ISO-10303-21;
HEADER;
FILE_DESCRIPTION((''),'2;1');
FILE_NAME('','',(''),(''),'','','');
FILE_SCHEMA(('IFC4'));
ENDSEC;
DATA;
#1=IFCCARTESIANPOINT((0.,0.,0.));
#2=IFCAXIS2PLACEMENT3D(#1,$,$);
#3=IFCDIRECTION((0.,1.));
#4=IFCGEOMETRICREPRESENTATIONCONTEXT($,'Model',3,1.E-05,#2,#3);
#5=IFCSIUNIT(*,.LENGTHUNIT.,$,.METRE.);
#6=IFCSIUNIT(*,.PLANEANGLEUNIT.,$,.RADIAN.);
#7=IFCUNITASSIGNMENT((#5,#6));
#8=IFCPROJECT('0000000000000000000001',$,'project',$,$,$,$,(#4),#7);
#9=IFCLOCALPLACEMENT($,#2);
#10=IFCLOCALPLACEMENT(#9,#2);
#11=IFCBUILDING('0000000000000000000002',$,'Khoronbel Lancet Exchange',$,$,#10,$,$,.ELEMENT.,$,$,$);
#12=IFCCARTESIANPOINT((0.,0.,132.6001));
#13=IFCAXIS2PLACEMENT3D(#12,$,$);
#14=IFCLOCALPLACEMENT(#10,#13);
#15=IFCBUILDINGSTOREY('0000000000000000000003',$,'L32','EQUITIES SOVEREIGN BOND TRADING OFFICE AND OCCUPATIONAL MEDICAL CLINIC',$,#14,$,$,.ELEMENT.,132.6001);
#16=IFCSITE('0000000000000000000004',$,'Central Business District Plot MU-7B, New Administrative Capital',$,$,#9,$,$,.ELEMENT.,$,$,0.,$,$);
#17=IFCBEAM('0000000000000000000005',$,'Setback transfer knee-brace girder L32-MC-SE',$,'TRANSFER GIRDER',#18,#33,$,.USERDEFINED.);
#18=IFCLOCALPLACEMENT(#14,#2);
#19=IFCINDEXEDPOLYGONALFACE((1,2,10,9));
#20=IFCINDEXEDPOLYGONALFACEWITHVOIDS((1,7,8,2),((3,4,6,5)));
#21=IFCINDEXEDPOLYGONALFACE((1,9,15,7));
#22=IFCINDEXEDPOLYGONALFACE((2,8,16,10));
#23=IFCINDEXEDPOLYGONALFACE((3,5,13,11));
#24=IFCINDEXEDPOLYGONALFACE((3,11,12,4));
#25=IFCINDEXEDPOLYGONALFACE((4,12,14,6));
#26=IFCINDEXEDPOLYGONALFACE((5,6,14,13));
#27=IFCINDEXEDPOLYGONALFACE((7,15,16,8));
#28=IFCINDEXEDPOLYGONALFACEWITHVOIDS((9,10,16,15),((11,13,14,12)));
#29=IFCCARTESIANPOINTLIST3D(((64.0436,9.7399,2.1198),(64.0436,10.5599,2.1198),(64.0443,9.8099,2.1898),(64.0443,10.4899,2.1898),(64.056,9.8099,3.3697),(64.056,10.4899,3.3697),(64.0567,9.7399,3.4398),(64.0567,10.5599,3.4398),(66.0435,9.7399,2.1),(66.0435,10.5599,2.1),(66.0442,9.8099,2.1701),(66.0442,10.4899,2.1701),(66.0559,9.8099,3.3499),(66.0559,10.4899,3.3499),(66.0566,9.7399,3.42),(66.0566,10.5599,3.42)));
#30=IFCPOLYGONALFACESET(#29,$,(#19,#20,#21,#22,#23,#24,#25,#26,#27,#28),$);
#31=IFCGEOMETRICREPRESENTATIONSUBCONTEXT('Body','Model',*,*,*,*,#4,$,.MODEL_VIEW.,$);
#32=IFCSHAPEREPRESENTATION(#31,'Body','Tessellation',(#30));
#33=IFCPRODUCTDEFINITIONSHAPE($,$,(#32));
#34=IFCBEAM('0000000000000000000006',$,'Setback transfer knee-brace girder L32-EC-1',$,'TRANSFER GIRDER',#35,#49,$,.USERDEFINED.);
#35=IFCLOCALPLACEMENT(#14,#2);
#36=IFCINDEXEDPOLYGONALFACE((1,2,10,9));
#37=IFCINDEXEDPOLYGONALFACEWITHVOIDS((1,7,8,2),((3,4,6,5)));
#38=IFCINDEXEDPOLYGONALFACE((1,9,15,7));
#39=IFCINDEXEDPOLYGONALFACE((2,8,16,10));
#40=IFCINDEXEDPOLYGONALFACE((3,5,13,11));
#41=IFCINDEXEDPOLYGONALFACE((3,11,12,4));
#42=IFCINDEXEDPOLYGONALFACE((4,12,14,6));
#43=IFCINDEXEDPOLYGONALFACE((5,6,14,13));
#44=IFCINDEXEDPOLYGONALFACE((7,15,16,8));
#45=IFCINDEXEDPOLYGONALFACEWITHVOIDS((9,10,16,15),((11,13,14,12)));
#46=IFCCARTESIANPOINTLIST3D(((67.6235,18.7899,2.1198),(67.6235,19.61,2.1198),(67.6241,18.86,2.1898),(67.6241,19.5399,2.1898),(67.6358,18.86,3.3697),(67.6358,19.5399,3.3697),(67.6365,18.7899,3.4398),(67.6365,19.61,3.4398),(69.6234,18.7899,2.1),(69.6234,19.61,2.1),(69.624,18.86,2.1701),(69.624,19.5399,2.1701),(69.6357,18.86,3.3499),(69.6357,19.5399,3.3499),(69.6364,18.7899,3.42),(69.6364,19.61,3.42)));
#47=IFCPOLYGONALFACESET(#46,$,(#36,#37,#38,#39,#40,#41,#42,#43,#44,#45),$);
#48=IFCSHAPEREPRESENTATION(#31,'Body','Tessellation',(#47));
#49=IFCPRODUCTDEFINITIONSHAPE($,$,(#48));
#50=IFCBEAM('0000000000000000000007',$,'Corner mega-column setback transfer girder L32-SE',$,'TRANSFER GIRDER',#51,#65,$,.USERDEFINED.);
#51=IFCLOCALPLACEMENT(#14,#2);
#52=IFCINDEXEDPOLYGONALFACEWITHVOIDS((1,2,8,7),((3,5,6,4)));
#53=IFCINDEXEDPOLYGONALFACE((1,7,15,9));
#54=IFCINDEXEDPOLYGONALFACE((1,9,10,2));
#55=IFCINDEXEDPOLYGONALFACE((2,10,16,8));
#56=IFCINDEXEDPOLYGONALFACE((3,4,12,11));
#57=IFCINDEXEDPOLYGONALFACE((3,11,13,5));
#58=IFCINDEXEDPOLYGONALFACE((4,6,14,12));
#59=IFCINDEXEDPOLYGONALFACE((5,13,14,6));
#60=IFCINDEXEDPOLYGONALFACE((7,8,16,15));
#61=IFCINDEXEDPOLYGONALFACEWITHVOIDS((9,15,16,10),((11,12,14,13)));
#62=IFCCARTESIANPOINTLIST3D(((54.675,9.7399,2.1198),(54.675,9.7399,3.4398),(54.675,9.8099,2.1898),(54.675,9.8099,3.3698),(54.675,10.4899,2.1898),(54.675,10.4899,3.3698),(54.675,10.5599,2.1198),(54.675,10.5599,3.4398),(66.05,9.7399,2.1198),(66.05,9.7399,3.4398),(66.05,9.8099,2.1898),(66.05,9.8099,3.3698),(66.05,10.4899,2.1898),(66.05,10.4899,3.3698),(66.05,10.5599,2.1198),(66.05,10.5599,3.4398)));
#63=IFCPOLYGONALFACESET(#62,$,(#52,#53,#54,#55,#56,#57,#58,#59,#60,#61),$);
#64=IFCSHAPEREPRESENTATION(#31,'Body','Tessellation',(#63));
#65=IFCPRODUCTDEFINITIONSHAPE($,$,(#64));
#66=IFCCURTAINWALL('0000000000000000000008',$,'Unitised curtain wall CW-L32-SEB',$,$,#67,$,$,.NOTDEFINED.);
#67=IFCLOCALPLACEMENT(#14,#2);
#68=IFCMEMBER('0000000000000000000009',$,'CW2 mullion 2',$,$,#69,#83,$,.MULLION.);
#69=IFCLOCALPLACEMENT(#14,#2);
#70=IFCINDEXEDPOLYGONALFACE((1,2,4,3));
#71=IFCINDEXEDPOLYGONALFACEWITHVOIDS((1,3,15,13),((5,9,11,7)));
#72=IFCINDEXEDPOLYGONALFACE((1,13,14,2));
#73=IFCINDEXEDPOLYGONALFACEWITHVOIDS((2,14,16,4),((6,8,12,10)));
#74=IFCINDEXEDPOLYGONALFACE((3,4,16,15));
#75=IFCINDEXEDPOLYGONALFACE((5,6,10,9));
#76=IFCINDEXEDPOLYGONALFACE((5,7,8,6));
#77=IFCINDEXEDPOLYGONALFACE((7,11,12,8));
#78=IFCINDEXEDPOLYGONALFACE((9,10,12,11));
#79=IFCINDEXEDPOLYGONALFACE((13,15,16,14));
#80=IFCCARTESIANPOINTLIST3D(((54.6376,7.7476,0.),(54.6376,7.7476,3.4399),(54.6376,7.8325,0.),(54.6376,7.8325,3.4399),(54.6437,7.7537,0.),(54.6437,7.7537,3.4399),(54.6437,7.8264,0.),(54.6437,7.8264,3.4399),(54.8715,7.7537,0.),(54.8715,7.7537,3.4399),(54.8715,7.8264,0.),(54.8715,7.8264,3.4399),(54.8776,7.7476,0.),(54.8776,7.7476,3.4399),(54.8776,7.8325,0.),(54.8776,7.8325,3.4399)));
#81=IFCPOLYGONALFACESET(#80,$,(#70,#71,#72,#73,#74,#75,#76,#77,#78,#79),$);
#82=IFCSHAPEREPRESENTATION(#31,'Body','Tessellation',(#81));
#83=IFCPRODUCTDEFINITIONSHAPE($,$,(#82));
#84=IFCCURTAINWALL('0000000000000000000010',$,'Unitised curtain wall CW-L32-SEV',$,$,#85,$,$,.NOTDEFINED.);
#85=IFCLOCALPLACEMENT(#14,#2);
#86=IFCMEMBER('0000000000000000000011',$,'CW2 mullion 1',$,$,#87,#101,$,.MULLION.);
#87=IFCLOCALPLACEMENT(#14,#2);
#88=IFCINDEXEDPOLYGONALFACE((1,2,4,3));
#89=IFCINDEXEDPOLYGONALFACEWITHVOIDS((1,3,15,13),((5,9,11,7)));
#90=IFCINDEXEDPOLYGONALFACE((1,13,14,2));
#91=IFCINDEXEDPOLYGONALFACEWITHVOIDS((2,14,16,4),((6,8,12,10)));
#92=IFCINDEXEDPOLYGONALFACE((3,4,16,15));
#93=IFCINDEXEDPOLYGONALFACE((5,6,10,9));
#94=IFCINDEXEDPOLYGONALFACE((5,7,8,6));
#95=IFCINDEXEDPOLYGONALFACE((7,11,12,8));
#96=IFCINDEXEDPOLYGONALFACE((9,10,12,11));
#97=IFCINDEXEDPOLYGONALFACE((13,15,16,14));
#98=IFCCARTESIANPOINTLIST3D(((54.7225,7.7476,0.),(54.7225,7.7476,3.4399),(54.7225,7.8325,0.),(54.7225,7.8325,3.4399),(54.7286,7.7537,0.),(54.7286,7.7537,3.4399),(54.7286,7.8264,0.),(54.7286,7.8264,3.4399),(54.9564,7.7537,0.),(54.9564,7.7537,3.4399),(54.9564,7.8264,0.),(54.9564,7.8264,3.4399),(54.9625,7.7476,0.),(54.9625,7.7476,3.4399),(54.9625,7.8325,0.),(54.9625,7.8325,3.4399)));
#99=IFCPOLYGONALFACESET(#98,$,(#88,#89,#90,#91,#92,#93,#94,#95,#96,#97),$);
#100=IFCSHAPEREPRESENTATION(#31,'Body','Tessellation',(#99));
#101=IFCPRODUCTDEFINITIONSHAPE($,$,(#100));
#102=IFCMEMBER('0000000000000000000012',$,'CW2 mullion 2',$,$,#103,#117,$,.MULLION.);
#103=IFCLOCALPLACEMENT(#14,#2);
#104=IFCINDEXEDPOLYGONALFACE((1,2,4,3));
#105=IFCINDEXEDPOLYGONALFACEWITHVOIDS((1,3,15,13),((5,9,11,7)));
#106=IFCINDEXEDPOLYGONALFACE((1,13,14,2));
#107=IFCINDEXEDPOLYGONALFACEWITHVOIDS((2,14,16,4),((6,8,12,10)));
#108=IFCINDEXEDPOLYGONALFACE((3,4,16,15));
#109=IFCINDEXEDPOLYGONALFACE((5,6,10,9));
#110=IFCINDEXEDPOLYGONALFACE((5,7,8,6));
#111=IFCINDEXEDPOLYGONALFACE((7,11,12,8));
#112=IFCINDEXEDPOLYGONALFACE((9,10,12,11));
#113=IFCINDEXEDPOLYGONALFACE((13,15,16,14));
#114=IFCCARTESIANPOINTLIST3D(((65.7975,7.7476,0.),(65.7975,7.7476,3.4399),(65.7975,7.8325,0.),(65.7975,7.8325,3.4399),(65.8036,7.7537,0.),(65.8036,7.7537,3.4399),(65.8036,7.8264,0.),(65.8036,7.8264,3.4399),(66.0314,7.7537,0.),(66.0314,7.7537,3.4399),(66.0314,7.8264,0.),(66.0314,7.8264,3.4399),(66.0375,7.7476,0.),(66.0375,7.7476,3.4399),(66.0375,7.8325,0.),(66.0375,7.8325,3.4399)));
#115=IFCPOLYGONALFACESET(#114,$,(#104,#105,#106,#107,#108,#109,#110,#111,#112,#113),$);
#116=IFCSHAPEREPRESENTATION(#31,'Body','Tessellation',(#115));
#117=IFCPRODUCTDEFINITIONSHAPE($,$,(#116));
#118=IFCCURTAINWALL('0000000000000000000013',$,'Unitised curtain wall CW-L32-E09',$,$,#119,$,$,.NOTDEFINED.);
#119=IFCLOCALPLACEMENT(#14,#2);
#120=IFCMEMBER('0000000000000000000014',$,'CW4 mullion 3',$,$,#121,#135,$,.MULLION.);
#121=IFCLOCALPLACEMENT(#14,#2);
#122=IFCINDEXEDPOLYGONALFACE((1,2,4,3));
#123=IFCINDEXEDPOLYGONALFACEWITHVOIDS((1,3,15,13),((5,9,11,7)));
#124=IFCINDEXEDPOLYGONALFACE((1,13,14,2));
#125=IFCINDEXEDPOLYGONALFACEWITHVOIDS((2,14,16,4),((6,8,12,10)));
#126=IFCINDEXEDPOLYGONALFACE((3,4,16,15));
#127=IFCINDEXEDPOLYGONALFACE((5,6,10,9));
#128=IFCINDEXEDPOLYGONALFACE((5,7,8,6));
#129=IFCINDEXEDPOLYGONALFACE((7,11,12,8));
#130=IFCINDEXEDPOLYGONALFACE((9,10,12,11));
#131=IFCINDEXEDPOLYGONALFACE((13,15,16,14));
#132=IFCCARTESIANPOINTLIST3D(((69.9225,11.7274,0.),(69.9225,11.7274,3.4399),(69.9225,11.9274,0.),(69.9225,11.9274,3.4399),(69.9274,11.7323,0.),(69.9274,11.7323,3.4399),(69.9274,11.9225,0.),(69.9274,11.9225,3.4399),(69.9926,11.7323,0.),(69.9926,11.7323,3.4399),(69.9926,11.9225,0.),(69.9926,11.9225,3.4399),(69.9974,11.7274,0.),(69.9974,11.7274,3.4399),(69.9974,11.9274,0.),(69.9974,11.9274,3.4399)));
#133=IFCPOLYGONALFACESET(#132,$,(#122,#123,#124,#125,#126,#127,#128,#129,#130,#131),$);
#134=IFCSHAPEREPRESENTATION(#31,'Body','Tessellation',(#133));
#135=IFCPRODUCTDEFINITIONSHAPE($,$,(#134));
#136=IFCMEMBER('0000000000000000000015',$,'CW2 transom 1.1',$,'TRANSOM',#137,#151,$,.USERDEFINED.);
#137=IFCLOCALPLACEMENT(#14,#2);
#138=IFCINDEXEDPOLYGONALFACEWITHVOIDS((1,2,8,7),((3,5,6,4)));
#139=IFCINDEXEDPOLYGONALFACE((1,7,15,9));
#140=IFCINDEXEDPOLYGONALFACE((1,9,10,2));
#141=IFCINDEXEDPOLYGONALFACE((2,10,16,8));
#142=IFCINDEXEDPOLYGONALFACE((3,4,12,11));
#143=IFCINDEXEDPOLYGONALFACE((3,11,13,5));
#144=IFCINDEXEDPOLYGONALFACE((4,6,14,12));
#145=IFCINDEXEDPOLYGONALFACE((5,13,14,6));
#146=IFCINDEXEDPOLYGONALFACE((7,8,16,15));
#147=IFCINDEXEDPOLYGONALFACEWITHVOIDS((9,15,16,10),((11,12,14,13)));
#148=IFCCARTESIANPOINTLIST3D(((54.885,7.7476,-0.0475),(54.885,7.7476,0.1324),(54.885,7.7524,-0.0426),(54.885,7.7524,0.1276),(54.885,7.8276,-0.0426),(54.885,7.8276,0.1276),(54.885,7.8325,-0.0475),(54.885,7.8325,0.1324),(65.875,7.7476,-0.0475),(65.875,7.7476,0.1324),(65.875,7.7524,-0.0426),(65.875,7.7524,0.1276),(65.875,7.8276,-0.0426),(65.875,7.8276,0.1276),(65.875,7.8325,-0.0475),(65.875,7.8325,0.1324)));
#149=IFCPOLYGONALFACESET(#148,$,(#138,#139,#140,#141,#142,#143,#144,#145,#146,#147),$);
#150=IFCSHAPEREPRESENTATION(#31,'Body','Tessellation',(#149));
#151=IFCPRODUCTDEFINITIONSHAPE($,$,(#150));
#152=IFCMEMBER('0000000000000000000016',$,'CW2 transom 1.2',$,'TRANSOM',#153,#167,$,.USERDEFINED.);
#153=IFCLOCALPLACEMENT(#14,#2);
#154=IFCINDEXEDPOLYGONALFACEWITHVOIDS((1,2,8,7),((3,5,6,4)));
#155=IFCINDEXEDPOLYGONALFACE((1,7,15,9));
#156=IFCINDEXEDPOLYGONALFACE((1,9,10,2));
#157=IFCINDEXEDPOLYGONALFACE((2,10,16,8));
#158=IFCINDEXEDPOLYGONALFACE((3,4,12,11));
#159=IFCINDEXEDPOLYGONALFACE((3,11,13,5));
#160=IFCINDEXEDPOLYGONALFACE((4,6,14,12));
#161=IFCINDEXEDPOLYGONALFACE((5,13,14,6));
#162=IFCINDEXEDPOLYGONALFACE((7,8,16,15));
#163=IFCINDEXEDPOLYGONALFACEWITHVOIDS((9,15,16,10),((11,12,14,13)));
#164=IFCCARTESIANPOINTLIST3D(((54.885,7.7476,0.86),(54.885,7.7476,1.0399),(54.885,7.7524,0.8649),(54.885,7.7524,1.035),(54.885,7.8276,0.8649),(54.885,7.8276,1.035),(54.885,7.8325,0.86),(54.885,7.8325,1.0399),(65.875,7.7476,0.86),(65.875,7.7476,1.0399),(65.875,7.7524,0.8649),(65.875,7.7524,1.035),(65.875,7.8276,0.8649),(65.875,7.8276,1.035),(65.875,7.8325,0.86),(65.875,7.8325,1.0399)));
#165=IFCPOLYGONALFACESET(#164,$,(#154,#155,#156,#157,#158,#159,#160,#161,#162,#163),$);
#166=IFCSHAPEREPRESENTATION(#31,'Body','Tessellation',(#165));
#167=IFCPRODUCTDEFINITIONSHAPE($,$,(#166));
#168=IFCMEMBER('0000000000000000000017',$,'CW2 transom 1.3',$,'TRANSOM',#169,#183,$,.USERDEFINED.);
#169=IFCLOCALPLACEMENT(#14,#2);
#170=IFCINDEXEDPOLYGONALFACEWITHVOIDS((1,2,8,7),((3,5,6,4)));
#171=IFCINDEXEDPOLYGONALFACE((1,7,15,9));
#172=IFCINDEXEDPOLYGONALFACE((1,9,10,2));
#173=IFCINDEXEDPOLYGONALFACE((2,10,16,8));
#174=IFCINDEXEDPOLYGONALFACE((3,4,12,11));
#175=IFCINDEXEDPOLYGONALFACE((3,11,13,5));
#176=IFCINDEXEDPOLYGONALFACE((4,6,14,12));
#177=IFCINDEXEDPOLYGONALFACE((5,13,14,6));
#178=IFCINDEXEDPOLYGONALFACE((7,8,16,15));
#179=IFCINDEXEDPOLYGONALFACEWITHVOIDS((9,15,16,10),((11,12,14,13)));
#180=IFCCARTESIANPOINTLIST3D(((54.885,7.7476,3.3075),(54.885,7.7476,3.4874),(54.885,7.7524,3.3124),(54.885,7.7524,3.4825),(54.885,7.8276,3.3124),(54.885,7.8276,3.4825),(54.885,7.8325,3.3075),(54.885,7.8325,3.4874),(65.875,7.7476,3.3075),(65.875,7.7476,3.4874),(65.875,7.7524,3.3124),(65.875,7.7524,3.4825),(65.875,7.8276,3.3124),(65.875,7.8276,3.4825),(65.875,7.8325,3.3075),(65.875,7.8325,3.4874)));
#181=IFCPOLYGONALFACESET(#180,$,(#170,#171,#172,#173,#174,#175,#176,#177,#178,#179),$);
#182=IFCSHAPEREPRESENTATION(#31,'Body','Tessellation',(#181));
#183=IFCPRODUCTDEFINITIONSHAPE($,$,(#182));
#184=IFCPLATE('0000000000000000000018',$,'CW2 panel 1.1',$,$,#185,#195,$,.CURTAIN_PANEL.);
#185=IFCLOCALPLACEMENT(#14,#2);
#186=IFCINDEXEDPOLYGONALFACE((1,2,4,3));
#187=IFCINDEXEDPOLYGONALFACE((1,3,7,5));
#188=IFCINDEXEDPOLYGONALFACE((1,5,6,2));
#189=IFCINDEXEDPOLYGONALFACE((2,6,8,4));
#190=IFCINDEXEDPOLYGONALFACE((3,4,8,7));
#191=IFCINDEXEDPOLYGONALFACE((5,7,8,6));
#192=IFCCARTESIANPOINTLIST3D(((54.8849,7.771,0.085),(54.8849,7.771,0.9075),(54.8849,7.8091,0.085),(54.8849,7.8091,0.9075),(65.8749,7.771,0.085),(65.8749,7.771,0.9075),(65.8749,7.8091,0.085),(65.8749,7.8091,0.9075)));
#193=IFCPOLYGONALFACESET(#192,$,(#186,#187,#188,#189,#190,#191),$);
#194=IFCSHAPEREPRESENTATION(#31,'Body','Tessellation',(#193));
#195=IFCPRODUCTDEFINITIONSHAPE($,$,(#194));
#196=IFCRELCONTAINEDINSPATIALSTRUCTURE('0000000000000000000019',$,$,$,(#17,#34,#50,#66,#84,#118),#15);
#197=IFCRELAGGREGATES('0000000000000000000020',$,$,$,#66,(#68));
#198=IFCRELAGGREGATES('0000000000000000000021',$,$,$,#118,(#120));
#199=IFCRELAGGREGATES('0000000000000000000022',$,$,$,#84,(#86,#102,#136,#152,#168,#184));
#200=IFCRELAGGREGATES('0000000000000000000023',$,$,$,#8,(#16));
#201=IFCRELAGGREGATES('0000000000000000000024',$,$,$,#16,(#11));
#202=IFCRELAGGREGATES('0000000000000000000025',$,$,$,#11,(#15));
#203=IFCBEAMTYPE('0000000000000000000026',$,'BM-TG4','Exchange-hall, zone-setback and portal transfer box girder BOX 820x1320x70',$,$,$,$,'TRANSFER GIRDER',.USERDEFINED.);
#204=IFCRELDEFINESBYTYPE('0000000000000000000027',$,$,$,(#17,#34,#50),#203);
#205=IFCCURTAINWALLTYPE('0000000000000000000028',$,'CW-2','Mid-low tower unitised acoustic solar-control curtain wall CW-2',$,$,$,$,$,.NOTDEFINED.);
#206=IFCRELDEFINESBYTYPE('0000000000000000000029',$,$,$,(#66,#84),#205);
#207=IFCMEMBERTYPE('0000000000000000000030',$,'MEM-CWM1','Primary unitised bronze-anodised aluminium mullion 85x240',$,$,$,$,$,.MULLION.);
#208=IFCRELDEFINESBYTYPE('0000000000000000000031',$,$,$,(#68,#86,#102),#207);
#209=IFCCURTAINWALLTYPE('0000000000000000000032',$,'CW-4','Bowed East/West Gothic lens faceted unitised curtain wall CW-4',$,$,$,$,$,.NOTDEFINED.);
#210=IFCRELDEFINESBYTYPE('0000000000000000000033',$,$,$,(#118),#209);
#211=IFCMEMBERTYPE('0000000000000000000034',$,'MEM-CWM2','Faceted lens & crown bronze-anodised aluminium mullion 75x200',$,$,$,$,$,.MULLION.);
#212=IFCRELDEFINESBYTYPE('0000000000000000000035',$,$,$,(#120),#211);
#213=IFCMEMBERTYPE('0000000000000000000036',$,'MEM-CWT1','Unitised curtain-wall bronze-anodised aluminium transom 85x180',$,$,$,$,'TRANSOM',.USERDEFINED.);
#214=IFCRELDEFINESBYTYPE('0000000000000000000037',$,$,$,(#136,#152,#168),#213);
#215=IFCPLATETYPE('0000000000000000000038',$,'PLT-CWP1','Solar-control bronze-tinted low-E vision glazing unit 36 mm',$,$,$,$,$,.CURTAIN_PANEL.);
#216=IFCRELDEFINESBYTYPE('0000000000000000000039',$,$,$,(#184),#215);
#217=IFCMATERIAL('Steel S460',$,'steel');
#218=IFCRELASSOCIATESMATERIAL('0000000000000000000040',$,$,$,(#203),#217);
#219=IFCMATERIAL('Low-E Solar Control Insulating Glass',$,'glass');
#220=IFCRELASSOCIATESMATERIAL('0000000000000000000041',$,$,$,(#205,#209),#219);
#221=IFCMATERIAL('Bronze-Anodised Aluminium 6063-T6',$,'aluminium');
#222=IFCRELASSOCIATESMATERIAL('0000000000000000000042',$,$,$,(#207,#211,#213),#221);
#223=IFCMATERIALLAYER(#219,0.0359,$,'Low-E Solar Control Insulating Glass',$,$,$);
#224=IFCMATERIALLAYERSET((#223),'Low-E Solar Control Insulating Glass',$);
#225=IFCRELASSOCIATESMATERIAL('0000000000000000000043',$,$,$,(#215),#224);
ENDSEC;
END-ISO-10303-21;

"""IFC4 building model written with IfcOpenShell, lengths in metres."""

from ifc_helpers import new_model, si_unit, direction, frame, origin, origin_2d, place, context, subcontext, project, spatial, rectangle, hollow_rectangle, extrude, material, layer, layer_set, material_profile, profile_set, type_object, element, aggregate, save


model = new_model("IFC4")

# Units and contexts
model_context = context("Model", 3, precision=1e-05, world=origin(), true_north=direction((0.0, 1.0)))
body_context = subcontext(model_context, "Body", "Model", "MODEL_VIEW")
ifc_project = project(units=[si_unit("LENGTHUNIT", "METRE"), si_unit("PLANEANGLEUNIT", "RADIAN")], contexts=[model_context])

# Site, building, storey
site_placement = place(None, origin())
site = spatial("IfcSite", under=ifc_project, at=site_placement, Name="Central Business District Plot MU-7B, New Administrative Capital", CompositionType="ELEMENT", RefElevation=0.0)
building_placement = place(site_placement, origin())
building = spatial("IfcBuilding", under=site, at=building_placement, Name="Khoronbel Lancet Exchange", CompositionType="ELEMENT")
storey_placement = place(building_placement, frame((0.0, 0.0, 132.6001)))
storey = spatial("IfcBuildingStorey", under=building, at=storey_placement, Name="L32", Description="EQUITIES SOVEREIGN BOND TRADING OFFICE AND OCCUPATIONAL MEDICAL CLINIC", CompositionType="ELEMENT", Elevation=132.6001)

# Shared definitions
ifc_material_1 = material(Name="Steel S460", Category="steel")

# Beams
ifc_material_profile_1 = material_profile(ifc_material_1, hollow_rectangle(XDim=0.8201, YDim=1.3201, WallThickness=0.0701, at=origin_2d()), Name="BOX 820x1320x70")
ifc_profile_set_1 = profile_set([ifc_material_profile_1], Name="Steel S460")
beam_type_1 = type_object("IfcBeamType", Name="BM-TG4", Description="Exchange-hall, zone-setback and portal transfer box girder BOX 820x1320x70", ElementType="TRANSFER GIRDER", PredefinedType="USERDEFINED", material=ifc_profile_set_1)
for number, where, z_axis, x_axis, name in (
    (1, (66.05, 10.1499, 2.76), (-0.999951, 0.0, 0.009887), (0.0, -1.0, 0.0), "Setback transfer knee-brace girder L32-MC-SE"),
    (2, (69.6299, 19.2, 2.76), (-0.999951, 0.0, 0.009887), (0.0, -1.0, 0.0), "Setback transfer knee-brace girder L32-EC-1"),
):
    element("IfcBeam", number, at=place(storey_placement, frame(where, z_axis=z_axis, x_axis=x_axis)), inside=storey, type_object=beam_type_1, Name=name, ObjectType="TRANSFER GIRDER", PredefinedType="USERDEFINED", context=body_context, shape_type="SweptSolid", body=[
        extrude(hollow_rectangle(XDim=0.8201, YDim=1.3201, WallThickness=0.0701, at=origin_2d()), origin(), (0.0, 0.0, 1.0), 2.0),
    ])
beam_1_placement = place(storey_placement, frame((54.675, 10.1499, 2.7798), z_axis=(1.0, 0.0, 0.0), x_axis=(0.0, 1.0, 0.0)))
element("IfcBeam", 3, at=beam_1_placement, inside=storey, type_object=beam_type_1, Name="Corner mega-column setback transfer girder L32-SE", ObjectType="TRANSFER GIRDER", PredefinedType="USERDEFINED", context=body_context, shape_type="SweptSolid", body=[
    extrude(hollow_rectangle(XDim=0.8201, YDim=1.3201, WallThickness=0.0701, at=origin_2d()), origin(), (0.0, 0.0, 1.0), 11.375),
])

# Curtain wall, member
ifc_material_2 = material(Name="Low-E Solar Control Insulating Glass", Category="glass")
curtain_wall_type_1 = type_object("IfcCurtainWallType", Name="CW-2", Description="Mid-low tower unitised acoustic solar-control curtain wall CW-2", PredefinedType="NOTDEFINED", material=ifc_material_2)
curtain_wall_1_placement = place(storey_placement, origin())
curtain_wall_1 = element("IfcCurtainWall", 4, at=curtain_wall_1_placement, inside=storey, type_object=curtain_wall_type_1, Name="Unitised curtain wall CW-L32-SEB", PredefinedType="NOTDEFINED")
ifc_material_3 = material(Name="Bronze-Anodised Aluminium 6063-T6", Category="aluminium")
ifc_material_profile_2 = material_profile(ifc_material_3, hollow_rectangle(XDim=0.085, YDim=0.24, WallThickness=0.0061, at=origin_2d()), Name="ALU MULLION 85x240")
ifc_profile_set_2 = profile_set([ifc_material_profile_2], Name="Bronze-Anodised Aluminium 6063-T6")
member_type_1 = type_object("IfcMemberType", Name="MEM-CWM1", Description="Primary unitised bronze-anodised aluminium mullion 85x240", PredefinedType="MULLION", material=ifc_profile_set_2)
member_1_placement = place(storey_placement, frame((54.7576, 7.79, 0.0), z_axis=(0.0, 0.0, 1.0), x_axis=(0.0, 1.0, 0.0)))
member_1 = element("IfcMember", 5, at=member_1_placement, type_object=member_type_1, Name="CW2 mullion 2", PredefinedType="MULLION", context=body_context, shape_type="SweptSolid", body=[
    extrude(hollow_rectangle(XDim=0.085, YDim=0.24, WallThickness=0.0061, at=origin_2d()), origin(), (0.0, 0.0, 1.0), 3.4399),
])
aggregate(curtain_wall_1, [member_1])

# Curtain wall, members
curtain_wall_2_placement = place(storey_placement, origin())
curtain_wall_2 = element("IfcCurtainWall", 6, at=curtain_wall_2_placement, inside=storey, type_object=curtain_wall_type_1, Name="Unitised curtain wall CW-L32-SEV", PredefinedType="NOTDEFINED")
member_2_placement = place(storey_placement, frame((54.8425, 7.79, 0.0), z_axis=(0.0, 0.0, 1.0), x_axis=(0.0, 1.0, 0.0)))
member_2 = element("IfcMember", 7, at=member_2_placement, type_object=member_type_1, Name="CW2 mullion 1", PredefinedType="MULLION", context=body_context, shape_type="SweptSolid", body=[
    extrude(hollow_rectangle(XDim=0.085, YDim=0.24, WallThickness=0.0061, at=origin_2d()), origin(), (0.0, 0.0, 1.0), 3.4399),
])
member_3_placement = place(storey_placement, frame((65.9175, 7.79, 0.0), z_axis=(0.0, 0.0, 1.0), x_axis=(0.0, 1.0, 0.0)))
member_3 = element("IfcMember", 8, at=member_3_placement, type_object=member_type_1, Name="CW2 mullion 2", PredefinedType="MULLION", context=body_context, shape_type="SweptSolid", body=[
    extrude(hollow_rectangle(XDim=0.085, YDim=0.24, WallThickness=0.0061, at=origin_2d()), origin(), (0.0, 0.0, 1.0), 3.4399),
])

# Curtain wall, member
curtain_wall_type_2 = type_object("IfcCurtainWallType", Name="CW-4", Description="Bowed East/West Gothic lens faceted unitised curtain wall CW-4", PredefinedType="NOTDEFINED", material=ifc_material_2)
curtain_wall_3_placement = place(storey_placement, origin())
curtain_wall_3 = element("IfcCurtainWall", 9, at=curtain_wall_3_placement, inside=storey, type_object=curtain_wall_type_2, Name="Unitised curtain wall CW-L32-E09", PredefinedType="NOTDEFINED")
ifc_material_profile_3 = material_profile(ifc_material_3, hollow_rectangle(XDim=0.075, YDim=0.2, WallThickness=0.0049, at=origin_2d()), Name="ALU MULLION 75x200")
ifc_profile_set_3 = profile_set([ifc_material_profile_3], Name="Bronze-Anodised Aluminium 6063-T6")
member_type_2 = type_object("IfcMemberType", Name="MEM-CWM2", Description="Faceted lens & crown bronze-anodised aluminium mullion 75x200", PredefinedType="MULLION", material=ifc_profile_set_3)
member_4_placement = place(storey_placement, frame((69.96, 11.8274, 0.0), z_axis=(0.0, 0.0, 1.0), x_axis=(1.0, 0.0, 0.0)))
member_4 = element("IfcMember", 10, at=member_4_placement, type_object=member_type_2, Name="CW4 mullion 3", PredefinedType="MULLION", context=body_context, shape_type="SweptSolid", body=[
    extrude(hollow_rectangle(XDim=0.075, YDim=0.2, WallThickness=0.0049, at=origin_2d()), origin(), (0.0, 0.0, 1.0), 3.4399),
])
aggregate(curtain_wall_3, [member_4])

# Members
ifc_material_profile_4 = material_profile(ifc_material_3, hollow_rectangle(XDim=0.085, YDim=0.1799, WallThickness=0.0049, at=origin_2d()), Name="ALU TRANSOM 85x180")
ifc_profile_set_4 = profile_set([ifc_material_profile_4], Name="Bronze-Anodised Aluminium 6063-T6")
member_type_3 = type_object("IfcMemberType", Name="MEM-CWT1", Description="Unitised curtain-wall bronze-anodised aluminium transom 85x180", ElementType="TRANSOM", PredefinedType="USERDEFINED", material=ifc_profile_set_4)
member_5_placement = place(storey_placement, frame((54.885, 7.79, 0.0425), z_axis=(1.0, 0.0, 0.0), x_axis=(0.0, 1.0, 0.0)))
member_5 = element("IfcMember", 11, at=member_5_placement, type_object=member_type_3, Name="CW2 transom 1.1", ObjectType="TRANSOM", PredefinedType="USERDEFINED", context=body_context, shape_type="SweptSolid", body=[
    extrude(hollow_rectangle(XDim=0.085, YDim=0.1799, WallThickness=0.0049, at=origin_2d()), origin(), (0.0, 0.0, 1.0), 10.99),
])
member_6_placement = place(storey_placement, frame((54.885, 7.79, 0.95), z_axis=(1.0, 0.0, 0.0), x_axis=(0.0, 1.0, 0.0)))
member_6 = element("IfcMember", 12, at=member_6_placement, type_object=member_type_3, Name="CW2 transom 1.2", ObjectType="TRANSOM", PredefinedType="USERDEFINED", context=body_context, shape_type="SweptSolid", body=[
    extrude(hollow_rectangle(XDim=0.085, YDim=0.1799, WallThickness=0.0049, at=origin_2d()), origin(), (0.0, 0.0, 1.0), 10.99),
])
member_7_placement = place(storey_placement, frame((54.885, 7.79, 3.3975), z_axis=(1.0, 0.0, 0.0), x_axis=(0.0, 1.0, 0.0)))
member_7 = element("IfcMember", 13, at=member_7_placement, type_object=member_type_3, Name="CW2 transom 1.3", ObjectType="TRANSOM", PredefinedType="USERDEFINED", context=body_context, shape_type="SweptSolid", body=[
    extrude(hollow_rectangle(XDim=0.085, YDim=0.1799, WallThickness=0.0049, at=origin_2d()), origin(), (0.0, 0.0, 1.0), 10.99),
])

# Plate
ifc_layer_1 = layer(ifc_material_2, 0.0359, Name="Low-E Solar Control Insulating Glass")
ifc_layer_set_1 = layer_set([ifc_layer_1], Name="Low-E Solar Control Insulating Glass")
plate_type_1 = type_object("IfcPlateType", Name="PLT-CWP1", Description="Solar-control bronze-tinted low-E vision glazing unit 36 mm", PredefinedType="CURTAIN_PANEL", material=ifc_layer_set_1)
plate_1_placement = place(storey_placement, frame((60.3799, 7.79, 0.085), z_axis=(0.0, 0.0, 1.0), x_axis=(1.0, 0.0, 0.0)))
plate_1 = element("IfcPlate", 14, at=plate_1_placement, type_object=plate_type_1, Name="CW2 panel 1.1", PredefinedType="CURTAIN_PANEL", context=body_context, shape_type="SweptSolid", body=[
    extrude(rectangle(XDim=10.99, YDim=0.0381, at=origin_2d()), origin(), (0.0, 0.0, 1.0), 0.8225),
])
aggregate(curtain_wall_2, [member_2, member_3, member_5, member_6, member_7, plate_1])

save(model, "model.ifc")
